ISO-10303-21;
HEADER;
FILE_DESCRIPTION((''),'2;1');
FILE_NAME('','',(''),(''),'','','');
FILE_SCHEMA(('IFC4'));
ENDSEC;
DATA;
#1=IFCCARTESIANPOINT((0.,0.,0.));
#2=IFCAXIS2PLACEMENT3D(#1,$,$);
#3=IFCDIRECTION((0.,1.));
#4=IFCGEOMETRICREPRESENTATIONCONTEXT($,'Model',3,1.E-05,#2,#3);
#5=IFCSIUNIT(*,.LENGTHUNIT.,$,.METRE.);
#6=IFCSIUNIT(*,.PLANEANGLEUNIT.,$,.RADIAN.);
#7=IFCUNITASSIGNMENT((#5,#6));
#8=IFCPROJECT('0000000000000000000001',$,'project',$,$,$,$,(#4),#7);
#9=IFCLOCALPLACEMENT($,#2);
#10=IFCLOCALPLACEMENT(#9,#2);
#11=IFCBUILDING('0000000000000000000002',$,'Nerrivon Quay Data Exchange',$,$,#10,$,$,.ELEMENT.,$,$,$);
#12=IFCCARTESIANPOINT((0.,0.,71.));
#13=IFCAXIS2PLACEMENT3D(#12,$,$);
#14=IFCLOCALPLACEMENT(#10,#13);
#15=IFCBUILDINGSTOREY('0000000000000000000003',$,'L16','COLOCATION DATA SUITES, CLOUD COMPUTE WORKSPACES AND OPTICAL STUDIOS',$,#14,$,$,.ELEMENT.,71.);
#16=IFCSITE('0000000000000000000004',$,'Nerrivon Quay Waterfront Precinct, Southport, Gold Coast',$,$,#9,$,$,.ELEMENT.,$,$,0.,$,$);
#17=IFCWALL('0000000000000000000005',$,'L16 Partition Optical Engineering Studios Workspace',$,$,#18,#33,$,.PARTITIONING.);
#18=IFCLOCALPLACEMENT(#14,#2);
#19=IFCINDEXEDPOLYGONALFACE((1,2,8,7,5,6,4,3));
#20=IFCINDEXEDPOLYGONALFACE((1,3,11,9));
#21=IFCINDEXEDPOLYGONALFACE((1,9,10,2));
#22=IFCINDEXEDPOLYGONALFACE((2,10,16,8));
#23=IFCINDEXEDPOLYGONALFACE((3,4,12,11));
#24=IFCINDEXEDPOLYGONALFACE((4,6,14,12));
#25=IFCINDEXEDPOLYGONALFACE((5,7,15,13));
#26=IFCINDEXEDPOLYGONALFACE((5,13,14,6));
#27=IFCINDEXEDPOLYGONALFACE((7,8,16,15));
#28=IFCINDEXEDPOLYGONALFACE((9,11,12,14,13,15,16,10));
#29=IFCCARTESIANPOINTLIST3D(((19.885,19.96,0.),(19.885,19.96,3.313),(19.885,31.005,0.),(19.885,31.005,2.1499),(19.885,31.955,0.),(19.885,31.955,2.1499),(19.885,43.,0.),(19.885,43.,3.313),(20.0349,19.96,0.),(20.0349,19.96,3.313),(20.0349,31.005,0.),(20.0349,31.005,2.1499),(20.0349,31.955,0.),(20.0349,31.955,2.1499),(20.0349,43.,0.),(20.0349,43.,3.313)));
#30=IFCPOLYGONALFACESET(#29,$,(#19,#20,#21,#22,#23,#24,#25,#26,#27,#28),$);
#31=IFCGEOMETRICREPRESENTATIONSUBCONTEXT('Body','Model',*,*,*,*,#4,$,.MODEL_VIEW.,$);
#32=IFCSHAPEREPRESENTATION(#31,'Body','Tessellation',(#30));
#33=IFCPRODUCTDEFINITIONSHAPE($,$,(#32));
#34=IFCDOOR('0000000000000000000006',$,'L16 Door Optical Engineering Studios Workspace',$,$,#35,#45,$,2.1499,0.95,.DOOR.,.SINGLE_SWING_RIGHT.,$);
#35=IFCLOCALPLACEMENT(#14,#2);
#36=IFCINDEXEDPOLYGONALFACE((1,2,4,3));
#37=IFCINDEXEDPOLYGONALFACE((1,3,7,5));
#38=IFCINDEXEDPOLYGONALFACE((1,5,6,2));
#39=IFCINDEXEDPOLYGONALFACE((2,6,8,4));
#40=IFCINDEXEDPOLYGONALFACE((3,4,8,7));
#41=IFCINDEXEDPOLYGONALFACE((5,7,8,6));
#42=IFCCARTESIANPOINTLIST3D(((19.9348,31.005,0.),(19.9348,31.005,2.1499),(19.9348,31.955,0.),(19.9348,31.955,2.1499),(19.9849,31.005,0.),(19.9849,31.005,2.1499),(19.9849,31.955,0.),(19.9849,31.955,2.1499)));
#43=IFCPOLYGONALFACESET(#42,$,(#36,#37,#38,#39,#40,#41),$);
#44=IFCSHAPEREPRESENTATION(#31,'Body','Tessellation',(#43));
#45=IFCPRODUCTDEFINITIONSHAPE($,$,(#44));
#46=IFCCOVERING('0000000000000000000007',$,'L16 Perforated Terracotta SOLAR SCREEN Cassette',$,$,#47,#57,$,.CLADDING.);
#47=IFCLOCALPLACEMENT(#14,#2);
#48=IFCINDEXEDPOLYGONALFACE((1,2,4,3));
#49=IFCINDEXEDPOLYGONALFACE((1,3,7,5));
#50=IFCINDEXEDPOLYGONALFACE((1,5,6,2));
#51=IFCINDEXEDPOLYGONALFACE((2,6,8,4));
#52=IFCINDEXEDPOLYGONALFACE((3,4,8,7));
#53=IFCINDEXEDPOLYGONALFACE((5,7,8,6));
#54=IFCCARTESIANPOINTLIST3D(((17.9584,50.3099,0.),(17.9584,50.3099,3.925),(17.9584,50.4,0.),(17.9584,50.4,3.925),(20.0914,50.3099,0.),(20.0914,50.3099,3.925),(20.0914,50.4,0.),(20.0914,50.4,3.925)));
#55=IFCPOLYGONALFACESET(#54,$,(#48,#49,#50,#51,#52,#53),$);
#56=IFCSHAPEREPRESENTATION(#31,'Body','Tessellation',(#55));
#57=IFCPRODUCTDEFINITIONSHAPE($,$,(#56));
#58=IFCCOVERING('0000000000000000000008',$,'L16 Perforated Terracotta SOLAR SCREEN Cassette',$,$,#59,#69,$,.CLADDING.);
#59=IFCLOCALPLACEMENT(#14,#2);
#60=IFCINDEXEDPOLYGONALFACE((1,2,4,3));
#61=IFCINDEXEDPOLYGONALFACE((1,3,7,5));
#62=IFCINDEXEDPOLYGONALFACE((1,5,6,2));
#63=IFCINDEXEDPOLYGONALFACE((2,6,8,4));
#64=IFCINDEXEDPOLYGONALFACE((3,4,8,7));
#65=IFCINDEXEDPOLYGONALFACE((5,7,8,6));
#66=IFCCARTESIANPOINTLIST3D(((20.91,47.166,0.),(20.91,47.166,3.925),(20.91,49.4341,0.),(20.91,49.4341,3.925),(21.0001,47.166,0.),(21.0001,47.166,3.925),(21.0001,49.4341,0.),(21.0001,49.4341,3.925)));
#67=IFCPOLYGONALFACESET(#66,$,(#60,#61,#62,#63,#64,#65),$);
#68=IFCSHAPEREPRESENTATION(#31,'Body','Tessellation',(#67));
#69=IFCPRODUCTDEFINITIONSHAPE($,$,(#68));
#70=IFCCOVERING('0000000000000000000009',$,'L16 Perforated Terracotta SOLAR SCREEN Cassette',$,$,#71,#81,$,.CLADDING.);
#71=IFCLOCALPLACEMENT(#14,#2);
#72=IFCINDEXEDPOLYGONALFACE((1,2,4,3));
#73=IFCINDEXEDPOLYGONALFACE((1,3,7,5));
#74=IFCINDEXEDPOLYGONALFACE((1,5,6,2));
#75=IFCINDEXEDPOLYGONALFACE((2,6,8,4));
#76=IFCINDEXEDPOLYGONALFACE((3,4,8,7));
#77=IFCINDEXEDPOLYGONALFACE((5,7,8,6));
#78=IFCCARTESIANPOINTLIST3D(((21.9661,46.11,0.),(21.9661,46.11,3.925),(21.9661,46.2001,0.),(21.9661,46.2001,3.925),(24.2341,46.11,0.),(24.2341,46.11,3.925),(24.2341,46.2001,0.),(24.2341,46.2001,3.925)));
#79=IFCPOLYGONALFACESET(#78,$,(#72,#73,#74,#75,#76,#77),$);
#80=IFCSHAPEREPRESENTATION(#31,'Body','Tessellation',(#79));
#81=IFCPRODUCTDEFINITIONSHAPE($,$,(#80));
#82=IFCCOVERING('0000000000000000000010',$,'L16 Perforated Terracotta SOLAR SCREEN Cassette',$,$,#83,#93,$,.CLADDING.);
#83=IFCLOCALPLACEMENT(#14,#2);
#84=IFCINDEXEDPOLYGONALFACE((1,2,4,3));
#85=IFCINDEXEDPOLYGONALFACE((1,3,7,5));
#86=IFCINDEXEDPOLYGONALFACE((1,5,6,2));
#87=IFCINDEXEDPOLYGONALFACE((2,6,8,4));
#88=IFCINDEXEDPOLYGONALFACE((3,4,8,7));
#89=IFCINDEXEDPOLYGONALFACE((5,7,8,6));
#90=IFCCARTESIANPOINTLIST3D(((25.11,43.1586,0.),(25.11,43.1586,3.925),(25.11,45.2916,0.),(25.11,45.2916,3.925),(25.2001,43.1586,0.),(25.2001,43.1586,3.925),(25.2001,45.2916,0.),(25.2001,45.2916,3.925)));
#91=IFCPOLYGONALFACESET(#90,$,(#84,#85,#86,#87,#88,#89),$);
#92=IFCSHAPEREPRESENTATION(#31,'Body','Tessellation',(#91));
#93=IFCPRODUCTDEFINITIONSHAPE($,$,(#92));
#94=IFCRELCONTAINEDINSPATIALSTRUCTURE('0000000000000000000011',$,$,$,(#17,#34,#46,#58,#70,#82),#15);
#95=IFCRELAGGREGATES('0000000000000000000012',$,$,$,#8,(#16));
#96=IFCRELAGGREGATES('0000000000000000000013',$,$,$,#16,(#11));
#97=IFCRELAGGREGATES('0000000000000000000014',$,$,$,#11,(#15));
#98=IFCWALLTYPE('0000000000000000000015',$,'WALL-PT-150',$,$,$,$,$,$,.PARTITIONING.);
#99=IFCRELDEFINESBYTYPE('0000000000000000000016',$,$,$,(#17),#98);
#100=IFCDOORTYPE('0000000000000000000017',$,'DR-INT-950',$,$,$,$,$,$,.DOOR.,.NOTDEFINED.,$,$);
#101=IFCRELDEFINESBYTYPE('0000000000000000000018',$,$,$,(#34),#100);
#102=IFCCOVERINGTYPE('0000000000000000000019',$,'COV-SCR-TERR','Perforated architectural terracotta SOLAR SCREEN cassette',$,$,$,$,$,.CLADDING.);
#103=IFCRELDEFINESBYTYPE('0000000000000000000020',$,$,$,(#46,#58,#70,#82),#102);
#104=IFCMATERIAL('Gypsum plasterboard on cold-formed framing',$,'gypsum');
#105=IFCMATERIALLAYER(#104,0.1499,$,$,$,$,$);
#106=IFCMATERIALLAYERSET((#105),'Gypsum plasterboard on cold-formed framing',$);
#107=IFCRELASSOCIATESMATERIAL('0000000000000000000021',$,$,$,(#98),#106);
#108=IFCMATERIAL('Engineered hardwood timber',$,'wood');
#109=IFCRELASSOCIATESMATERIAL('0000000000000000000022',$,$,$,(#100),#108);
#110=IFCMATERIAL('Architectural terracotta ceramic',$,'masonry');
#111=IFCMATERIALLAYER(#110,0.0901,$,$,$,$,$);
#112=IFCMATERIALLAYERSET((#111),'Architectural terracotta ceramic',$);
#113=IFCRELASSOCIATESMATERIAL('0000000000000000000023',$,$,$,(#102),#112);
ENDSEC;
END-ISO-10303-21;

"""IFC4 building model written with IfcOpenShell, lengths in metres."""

from ifc_helpers import new_model, si_unit, direction, frame, frame_2d, origin, origin_2d, place, context, subcontext, project, spatial, rectangle, extrude, material, layer, layer_set, type_object, element, fill, save


model = new_model("IFC4")

# Units and contexts
model_context = context("Model", 3, precision=1e-05, world=origin(), true_north=direction((0.0, 1.0)))
body_context = subcontext(model_context, "Body", "Model", "MODEL_VIEW")
ifc_project = project(units=[si_unit("LENGTHUNIT", "METRE"), si_unit("PLANEANGLEUNIT", "RADIAN")], contexts=[model_context])

# Site, building, storey
site_placement = place(None, origin())
site = spatial("IfcSite", under=ifc_project, at=site_placement, Name="Nerrivon Quay Waterfront Precinct, Southport, Gold Coast", CompositionType="ELEMENT", RefElevation=0.0)
building_placement = place(site_placement, origin())
building = spatial("IfcBuilding", under=site, at=building_placement, Name="Nerrivon Quay Data Exchange", CompositionType="ELEMENT")
storey_placement = place(building_placement, frame((0.0, 0.0, 71.0)))
storey = spatial("IfcBuildingStorey", under=building, at=storey_placement, Name="L16", Description="COLOCATION DATA SUITES, CLOUD COMPUTE WORKSPACES AND OPTICAL STUDIOS", CompositionType="ELEMENT", Elevation=71.0)

# Shared definitions
ifc_material_1 = material(Name="Gypsum plasterboard on cold-formed framing", Category="gypsum")

# Wall, opening, door
ifc_layer_1 = layer(ifc_material_1, 0.1499)
ifc_layer_set_1 = layer_set([ifc_layer_1], Name="Gypsum plasterboard on cold-formed framing")
wall_type_1 = type_object("IfcWallType", Name="WALL-PT-150", PredefinedType="PARTITIONING", material=ifc_layer_set_1)
wall_1_placement = place(storey_placement, frame((19.96, 43.0, 0.0), z_axis=(0.0, 0.0, 1.0), x_axis=(0.0, -1.0, 0.0)))
wall_1 = element("IfcWall", 1, at=wall_1_placement, inside=storey, type_object=wall_type_1, Name="L16 Partition Optical Engineering Studios Workspace", PredefinedType="PARTITIONING", context=body_context, shape_type="SweptSolid", body=[
    extrude(rectangle(XDim=23.04, YDim=0.1499, at=frame_2d((11.52, 0.0))), origin(), (0.0, 0.0, 1.0), 3.313),
])
opening_placement = place(wall_1_placement, frame((11.0449, 0.0, 0.0)))
opening = element("IfcOpeningElement", 2, at=opening_placement, cuts=wall_1, PredefinedType="OPENING", context=body_context, shape_type="SweptSolid", body=[
    extrude(rectangle(XDim=0.95, YDim=2.1499, at=frame_2d((0.4751, 1.075))), frame((0.0, 0.085, 0.0), z_axis=(0.0, -1.0, 0.0), x_axis=(1.0, 0.0, 0.0)), (0.0, 0.0, 1.0), 0.1699),
])
ifc_material_2 = material(Name="Engineered hardwood timber", Category="wood")
door_type = type_object("IfcDoorType", Name="DR-INT-950", OperationType="NOTDEFINED", PredefinedType="DOOR", material=ifc_material_2)
door_placement = place(opening_placement, origin())
door = element("IfcDoor", 3, at=door_placement, inside=storey, type_object=door_type, Name="L16 Door Optical Engineering Studios Workspace", OperationType="SINGLE_SWING_RIGHT", OverallHeight=2.1499, OverallWidth=0.95, PredefinedType="DOOR", context=body_context, shape_type="SweptSolid", body=[
    extrude(rectangle(XDim=0.95, YDim=2.1499, at=frame_2d((0.4751, 1.075))), frame((0.0, 0.0249, 0.0), z_axis=(0.0, -1.0, 0.0), x_axis=(1.0, 0.0, 0.0)), (0.0, 0.0, 1.0), 0.05),
])
fill(opening, door)

# Coverings
ifc_material_3 = material(Name="Architectural terracotta ceramic", Category="masonry")
ifc_layer_2 = layer(ifc_material_3, 0.0901)
ifc_layer_set_2 = layer_set([ifc_layer_2], Name="Architectural terracotta ceramic")
covering_type = type_object("IfcCoveringType", Name="COV-SCR-TERR", Description="Perforated architectural terracotta SOLAR SCREEN cassette", PredefinedType="CLADDING", material=ifc_layer_set_2)
covering_1_placement = place(storey_placement, frame((19.0249, 50.355, 0.0), z_axis=(0.0, 0.0, 1.0), x_axis=(1.0, 0.0, 0.0)))
element("IfcCovering", 4, at=covering_1_placement, inside=storey, type_object=covering_type, Name="L16 Perforated Terracotta SOLAR SCREEN Cassette", PredefinedType="CLADDING", context=body_context, shape_type="SweptSolid", body=[
    extrude(rectangle(XDim=2.1331, YDim=0.0901, at=origin_2d()), origin(), (0.0, 0.0, 1.0), 3.925),
])
for number, where, z_axis, x_axis, name in (
    (5, (20.9551, 48.3, 0.0), (0.0, 0.0, 1.0), (0.0, -1.0, 0.0), "L16 Perforated Terracotta SOLAR SCREEN Cassette"),
    (6, (23.1001, 46.155, 0.0), (0.0, 0.0, 1.0), (1.0, 0.0, 0.0), "L16 Perforated Terracotta SOLAR SCREEN Cassette"),
):
    element("IfcCovering", number, at=place(storey_placement, frame(where, z_axis=z_axis, x_axis=x_axis)), inside=storey, type_object=covering_type, Name=name, PredefinedType="CLADDING", context=body_context, shape_type="SweptSolid", body=[
        extrude(rectangle(XDim=2.2681, YDim=0.0901, at=origin_2d()), origin(), (0.0, 0.0, 1.0), 3.925),
    ])
covering_2_placement = place(storey_placement, frame((25.155, 44.2251, 0.0), z_axis=(0.0, 0.0, 1.0), x_axis=(0.0, -1.0, 0.0)))
element("IfcCovering", 7, at=covering_2_placement, inside=storey, type_object=covering_type, Name="L16 Perforated Terracotta SOLAR SCREEN Cassette", PredefinedType="CLADDING", context=body_context, shape_type="SweptSolid", body=[
    extrude(rectangle(XDim=2.1331, YDim=0.0901, at=origin_2d()), origin(), (0.0, 0.0, 1.0), 3.925),
])

save(model, "model.ifc")
